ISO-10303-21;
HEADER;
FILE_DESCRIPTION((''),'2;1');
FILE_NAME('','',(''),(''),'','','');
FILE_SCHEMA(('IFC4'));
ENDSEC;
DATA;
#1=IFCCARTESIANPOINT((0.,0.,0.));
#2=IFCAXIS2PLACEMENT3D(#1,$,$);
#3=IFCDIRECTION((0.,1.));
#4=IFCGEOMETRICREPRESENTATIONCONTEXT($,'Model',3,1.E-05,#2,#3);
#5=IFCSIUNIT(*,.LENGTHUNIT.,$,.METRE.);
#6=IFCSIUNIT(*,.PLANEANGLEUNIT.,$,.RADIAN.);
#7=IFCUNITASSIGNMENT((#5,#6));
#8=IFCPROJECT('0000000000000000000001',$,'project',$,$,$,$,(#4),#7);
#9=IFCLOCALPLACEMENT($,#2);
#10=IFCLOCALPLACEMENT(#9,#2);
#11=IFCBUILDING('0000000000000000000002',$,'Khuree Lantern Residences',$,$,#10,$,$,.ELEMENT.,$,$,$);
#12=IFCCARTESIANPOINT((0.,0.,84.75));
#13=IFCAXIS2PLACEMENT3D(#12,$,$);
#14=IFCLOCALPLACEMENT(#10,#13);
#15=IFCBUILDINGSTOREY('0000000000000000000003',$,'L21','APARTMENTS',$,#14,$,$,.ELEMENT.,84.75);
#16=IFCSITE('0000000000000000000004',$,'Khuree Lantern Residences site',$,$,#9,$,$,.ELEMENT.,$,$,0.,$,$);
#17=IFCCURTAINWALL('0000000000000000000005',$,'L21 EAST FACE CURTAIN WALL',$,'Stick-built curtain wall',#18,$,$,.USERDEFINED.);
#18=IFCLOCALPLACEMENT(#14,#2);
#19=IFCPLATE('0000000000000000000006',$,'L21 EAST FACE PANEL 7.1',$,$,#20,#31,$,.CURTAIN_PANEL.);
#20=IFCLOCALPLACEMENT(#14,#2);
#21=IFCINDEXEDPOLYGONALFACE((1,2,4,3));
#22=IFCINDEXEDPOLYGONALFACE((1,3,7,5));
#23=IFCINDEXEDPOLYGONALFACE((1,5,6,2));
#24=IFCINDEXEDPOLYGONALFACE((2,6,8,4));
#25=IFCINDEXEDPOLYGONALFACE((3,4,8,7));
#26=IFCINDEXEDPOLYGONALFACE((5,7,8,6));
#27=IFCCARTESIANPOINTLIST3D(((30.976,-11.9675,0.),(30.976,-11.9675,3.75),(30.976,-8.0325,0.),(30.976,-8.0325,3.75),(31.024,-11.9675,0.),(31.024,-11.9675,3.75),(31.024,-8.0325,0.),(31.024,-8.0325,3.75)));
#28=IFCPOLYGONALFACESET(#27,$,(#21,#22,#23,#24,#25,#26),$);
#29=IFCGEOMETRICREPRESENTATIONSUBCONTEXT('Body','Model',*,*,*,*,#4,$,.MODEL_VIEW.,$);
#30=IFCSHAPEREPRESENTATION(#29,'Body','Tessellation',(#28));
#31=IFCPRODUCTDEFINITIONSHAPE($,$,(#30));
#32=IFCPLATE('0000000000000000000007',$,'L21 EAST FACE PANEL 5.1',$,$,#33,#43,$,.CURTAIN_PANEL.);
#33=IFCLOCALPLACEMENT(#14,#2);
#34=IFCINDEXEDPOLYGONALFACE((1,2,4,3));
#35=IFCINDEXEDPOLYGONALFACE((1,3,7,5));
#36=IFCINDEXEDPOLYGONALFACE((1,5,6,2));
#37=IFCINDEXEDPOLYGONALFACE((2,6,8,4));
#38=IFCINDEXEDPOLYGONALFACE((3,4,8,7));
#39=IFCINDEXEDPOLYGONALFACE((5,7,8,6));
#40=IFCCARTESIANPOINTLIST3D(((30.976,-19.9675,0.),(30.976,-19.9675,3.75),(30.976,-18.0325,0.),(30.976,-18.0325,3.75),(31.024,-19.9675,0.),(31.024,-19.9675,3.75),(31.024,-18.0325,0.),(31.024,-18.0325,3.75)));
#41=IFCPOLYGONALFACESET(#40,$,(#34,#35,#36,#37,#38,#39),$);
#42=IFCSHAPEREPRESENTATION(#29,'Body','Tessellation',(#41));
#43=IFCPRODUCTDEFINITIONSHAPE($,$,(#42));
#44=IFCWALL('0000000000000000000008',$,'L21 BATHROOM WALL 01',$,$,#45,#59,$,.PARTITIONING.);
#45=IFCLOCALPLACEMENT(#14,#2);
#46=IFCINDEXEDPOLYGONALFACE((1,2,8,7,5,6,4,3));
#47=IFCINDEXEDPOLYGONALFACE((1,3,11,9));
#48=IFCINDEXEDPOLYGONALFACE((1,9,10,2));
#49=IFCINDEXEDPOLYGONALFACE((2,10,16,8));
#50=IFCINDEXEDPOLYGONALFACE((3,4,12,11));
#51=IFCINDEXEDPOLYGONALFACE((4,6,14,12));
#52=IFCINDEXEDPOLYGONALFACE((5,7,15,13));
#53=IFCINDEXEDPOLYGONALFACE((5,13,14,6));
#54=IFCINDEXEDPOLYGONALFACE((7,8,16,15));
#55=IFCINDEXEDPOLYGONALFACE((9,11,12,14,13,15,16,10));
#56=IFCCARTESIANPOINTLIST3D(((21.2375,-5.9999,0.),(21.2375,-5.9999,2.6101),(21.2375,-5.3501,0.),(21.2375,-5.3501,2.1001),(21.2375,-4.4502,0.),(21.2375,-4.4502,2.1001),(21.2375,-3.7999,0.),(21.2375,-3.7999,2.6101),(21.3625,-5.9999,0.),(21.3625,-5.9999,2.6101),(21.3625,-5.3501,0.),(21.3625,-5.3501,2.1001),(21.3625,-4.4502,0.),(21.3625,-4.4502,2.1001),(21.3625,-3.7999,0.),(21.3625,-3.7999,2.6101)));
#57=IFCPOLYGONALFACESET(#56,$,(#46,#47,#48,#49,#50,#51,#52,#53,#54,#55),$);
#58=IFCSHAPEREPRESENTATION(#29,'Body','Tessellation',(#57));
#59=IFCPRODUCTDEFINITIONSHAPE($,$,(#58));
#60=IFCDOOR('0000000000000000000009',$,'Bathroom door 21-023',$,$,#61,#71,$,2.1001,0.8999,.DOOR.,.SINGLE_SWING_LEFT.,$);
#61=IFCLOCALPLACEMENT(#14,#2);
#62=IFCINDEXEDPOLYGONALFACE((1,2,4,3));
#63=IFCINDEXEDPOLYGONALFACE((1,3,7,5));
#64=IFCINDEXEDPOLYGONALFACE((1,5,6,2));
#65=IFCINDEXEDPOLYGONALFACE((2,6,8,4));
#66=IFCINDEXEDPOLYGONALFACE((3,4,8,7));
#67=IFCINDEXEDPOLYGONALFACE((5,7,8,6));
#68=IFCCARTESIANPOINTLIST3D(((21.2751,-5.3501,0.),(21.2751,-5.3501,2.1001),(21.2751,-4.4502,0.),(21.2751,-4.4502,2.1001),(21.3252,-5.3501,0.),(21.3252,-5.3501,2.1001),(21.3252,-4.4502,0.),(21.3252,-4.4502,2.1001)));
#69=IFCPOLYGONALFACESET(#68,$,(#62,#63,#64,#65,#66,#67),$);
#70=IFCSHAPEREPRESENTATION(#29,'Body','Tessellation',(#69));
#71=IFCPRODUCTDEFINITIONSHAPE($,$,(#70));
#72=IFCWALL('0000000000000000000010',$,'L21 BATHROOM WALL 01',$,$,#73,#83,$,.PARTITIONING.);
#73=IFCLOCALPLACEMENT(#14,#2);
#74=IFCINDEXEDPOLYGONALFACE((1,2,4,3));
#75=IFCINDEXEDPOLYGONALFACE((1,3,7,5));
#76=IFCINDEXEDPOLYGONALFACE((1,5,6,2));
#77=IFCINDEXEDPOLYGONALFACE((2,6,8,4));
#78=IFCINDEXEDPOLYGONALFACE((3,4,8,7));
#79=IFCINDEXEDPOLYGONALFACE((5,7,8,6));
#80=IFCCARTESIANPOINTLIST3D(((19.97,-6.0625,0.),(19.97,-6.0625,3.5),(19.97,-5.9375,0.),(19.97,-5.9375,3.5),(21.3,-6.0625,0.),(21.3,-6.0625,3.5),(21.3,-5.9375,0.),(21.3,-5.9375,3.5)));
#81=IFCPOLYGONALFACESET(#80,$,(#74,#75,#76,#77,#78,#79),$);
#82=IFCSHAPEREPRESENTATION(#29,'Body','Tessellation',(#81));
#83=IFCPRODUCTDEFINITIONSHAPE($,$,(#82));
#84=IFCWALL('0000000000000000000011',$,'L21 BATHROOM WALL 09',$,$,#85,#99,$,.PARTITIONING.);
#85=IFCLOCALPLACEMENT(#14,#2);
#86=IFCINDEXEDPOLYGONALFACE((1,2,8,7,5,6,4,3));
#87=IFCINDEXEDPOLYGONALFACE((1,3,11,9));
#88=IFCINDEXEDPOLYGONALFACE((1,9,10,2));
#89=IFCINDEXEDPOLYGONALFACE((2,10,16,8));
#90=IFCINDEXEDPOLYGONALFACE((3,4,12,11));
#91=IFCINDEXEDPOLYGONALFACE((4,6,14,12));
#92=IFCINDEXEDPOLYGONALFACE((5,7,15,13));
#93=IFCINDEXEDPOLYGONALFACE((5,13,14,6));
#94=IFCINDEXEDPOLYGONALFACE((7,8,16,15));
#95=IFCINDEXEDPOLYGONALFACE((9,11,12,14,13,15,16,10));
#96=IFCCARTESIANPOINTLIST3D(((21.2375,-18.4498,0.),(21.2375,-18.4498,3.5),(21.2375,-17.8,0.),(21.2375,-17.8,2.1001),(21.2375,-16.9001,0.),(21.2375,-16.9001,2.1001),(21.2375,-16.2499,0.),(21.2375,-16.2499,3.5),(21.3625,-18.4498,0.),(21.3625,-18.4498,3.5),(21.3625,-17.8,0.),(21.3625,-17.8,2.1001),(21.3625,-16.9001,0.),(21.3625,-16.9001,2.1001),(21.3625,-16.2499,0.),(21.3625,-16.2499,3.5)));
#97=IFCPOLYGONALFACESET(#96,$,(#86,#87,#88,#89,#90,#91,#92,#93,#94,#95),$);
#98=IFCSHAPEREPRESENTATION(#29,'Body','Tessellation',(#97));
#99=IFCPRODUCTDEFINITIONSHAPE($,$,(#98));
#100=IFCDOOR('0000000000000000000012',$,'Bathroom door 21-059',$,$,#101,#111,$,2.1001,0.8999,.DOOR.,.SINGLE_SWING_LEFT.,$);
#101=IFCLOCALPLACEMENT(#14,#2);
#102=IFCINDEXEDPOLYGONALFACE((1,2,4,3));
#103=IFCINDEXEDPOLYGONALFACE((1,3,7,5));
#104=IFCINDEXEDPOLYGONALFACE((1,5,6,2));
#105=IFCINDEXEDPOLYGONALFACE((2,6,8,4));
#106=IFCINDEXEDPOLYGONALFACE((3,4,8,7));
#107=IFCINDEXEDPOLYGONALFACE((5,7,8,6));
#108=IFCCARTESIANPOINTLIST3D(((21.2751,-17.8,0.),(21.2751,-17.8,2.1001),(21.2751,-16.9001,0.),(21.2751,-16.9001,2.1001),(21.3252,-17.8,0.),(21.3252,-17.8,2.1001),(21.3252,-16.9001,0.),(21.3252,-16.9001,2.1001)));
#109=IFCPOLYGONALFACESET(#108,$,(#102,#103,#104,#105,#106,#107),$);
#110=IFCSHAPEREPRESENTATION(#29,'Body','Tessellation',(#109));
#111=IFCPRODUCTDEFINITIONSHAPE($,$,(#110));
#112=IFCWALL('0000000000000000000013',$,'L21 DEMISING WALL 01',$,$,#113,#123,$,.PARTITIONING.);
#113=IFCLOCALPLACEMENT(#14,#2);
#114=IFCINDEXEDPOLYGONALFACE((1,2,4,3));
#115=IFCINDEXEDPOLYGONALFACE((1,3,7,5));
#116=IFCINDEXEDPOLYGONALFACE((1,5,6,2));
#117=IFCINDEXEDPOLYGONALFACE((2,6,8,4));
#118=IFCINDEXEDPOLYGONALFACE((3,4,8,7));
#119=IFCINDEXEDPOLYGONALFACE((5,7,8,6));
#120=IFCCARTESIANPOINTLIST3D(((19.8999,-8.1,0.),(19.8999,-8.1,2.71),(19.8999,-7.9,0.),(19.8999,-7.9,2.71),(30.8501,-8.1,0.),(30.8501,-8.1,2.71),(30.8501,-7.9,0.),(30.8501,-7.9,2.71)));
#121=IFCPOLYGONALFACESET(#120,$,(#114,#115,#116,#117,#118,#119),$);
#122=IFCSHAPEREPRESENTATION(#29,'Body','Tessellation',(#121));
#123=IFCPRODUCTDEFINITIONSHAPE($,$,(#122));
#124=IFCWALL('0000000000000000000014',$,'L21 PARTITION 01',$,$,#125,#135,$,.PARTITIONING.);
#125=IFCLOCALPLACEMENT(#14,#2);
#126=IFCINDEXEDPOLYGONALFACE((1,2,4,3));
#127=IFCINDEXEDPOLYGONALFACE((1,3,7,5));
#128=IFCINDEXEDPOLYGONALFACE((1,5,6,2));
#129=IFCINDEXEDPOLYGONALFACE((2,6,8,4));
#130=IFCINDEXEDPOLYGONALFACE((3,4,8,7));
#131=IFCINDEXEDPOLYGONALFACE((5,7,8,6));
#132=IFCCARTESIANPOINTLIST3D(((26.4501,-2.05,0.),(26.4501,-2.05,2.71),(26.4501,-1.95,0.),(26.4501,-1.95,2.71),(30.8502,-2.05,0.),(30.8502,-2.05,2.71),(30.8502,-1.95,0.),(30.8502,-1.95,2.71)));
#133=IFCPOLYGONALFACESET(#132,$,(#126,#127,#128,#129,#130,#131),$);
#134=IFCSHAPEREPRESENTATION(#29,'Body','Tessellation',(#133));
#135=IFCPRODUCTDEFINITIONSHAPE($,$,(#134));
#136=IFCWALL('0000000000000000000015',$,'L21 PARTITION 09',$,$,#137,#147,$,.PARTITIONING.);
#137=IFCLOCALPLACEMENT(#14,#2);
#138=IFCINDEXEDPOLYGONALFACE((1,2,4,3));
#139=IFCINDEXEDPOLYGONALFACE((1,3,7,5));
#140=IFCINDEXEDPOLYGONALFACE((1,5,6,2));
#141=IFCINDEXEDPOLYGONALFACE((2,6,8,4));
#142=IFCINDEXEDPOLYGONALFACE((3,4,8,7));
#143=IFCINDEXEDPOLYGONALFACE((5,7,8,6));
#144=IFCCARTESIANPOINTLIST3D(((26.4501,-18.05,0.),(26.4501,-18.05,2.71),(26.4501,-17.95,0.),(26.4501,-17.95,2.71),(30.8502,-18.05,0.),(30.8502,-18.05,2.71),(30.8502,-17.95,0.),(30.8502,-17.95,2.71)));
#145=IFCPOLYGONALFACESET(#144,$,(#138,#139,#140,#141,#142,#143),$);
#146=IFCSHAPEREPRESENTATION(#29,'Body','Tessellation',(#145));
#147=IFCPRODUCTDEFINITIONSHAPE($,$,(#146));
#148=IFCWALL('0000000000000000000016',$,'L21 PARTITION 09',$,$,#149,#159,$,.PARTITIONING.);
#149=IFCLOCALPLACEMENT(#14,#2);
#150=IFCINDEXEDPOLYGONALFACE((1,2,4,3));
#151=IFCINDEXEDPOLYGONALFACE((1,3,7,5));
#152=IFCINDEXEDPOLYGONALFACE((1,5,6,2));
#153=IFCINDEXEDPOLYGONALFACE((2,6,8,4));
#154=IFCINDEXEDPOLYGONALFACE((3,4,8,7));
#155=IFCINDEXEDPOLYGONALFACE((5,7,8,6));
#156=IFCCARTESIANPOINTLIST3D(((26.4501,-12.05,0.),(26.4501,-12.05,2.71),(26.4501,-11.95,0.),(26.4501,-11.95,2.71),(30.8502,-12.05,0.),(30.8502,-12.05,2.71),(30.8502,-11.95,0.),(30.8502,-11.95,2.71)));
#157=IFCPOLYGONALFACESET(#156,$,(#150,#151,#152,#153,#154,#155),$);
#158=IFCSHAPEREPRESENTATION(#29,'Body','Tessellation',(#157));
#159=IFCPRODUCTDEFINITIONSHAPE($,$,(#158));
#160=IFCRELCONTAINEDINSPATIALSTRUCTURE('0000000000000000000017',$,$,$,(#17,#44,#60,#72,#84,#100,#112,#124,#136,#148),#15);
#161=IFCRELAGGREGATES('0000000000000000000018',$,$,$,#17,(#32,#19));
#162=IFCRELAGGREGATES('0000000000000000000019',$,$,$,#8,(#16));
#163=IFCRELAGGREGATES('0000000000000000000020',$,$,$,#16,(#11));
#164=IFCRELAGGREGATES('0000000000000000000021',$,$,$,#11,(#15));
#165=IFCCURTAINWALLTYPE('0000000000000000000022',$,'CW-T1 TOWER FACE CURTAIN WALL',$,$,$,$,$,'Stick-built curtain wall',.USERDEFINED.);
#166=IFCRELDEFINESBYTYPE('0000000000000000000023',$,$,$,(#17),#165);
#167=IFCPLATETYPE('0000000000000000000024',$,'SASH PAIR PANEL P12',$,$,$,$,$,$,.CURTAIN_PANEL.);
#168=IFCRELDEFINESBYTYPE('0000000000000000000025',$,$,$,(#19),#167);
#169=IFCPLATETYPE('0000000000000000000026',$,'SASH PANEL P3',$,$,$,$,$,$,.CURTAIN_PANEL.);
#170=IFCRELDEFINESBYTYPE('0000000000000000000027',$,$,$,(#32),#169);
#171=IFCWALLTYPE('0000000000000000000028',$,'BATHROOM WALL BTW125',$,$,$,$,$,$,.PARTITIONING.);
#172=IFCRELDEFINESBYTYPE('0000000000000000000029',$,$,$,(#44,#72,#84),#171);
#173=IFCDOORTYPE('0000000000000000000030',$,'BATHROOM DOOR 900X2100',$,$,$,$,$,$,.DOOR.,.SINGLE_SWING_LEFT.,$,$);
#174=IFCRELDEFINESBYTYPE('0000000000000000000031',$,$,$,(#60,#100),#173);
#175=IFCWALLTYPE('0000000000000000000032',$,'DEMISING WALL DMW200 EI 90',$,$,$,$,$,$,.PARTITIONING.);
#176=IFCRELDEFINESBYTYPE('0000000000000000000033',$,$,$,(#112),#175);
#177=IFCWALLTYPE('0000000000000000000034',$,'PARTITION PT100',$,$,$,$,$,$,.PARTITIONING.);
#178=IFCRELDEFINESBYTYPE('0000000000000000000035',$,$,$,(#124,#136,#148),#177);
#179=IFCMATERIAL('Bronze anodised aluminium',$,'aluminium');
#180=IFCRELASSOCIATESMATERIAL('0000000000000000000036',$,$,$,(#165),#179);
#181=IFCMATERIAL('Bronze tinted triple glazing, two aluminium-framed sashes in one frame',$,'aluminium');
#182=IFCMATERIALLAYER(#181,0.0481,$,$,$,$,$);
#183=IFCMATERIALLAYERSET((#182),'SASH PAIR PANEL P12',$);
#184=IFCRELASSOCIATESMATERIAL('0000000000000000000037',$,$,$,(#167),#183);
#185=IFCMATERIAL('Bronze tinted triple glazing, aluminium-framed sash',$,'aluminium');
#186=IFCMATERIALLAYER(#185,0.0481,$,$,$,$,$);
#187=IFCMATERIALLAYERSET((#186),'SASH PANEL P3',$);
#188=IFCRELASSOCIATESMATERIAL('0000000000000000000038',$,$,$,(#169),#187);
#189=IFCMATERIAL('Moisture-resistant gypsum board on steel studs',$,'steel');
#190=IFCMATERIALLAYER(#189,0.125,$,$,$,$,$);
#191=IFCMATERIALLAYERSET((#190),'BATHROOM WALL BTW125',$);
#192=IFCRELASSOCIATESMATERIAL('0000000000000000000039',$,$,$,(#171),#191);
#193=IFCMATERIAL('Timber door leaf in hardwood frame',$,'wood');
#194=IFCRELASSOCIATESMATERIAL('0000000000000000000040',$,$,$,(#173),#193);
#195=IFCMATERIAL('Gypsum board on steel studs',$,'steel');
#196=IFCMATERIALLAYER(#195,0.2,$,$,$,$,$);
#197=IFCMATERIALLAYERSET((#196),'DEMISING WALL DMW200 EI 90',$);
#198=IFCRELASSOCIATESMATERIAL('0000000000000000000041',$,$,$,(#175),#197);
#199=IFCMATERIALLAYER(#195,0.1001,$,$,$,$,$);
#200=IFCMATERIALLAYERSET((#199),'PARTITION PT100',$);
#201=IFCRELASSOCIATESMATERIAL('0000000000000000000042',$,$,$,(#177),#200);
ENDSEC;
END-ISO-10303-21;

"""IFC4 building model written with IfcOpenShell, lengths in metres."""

from ifc_helpers import new_model, si_unit, direction, frame, frame_2d, origin, origin_2d, place, context, subcontext, project, spatial, rectangle, extrude, material, layer, layer_set, type_object, element, fill, aggregate, save


model = new_model("IFC4")

# Units and contexts
model_context = context("Model", 3, precision=1e-05, world=origin(), true_north=direction((0.0, 1.0)))
body_context = subcontext(model_context, "Body", "Model", "MODEL_VIEW")
ifc_project = project(units=[si_unit("LENGTHUNIT", "METRE"), si_unit("PLANEANGLEUNIT", "RADIAN")], contexts=[model_context])

# Site, building, storey
site_placement = place(None, origin())
site = spatial("IfcSite", under=ifc_project, at=site_placement, Name="Khuree Lantern Residences site", CompositionType="ELEMENT", RefElevation=0.0)
building_placement = place(site_placement, origin())
building = spatial("IfcBuilding", under=site, at=building_placement, Name="Khuree Lantern Residences", CompositionType="ELEMENT")
storey_placement = place(building_placement, frame((0.0, 0.0, 84.75)))
storey = spatial("IfcBuildingStorey", under=building, at=storey_placement, Name="L21", Description="APARTMENTS", CompositionType="ELEMENT", Elevation=84.75)

# Curtain wall
ifc_material_1 = material(Name="Bronze anodised aluminium", Category="aluminium")
curtain_wall_type = type_object("IfcCurtainWallType", Name="CW-T1 TOWER FACE CURTAIN WALL", ElementType="Stick-built curtain wall", PredefinedType="USERDEFINED", material=ifc_material_1)
curtain_wall_placement = place(storey_placement, origin())
curtain_wall = element("IfcCurtainWall", 1, at=curtain_wall_placement, inside=storey, type_object=curtain_wall_type, Name="L21 EAST FACE CURTAIN WALL", ObjectType="Stick-built curtain wall", PredefinedType="USERDEFINED")

# Plates
ifc_material_2 = material(Name="Bronze tinted triple glazing, two aluminium-framed sashes in one frame", Category="aluminium")
ifc_layer_1 = layer(ifc_material_2, 0.0481)
ifc_layer_set_1 = layer_set([ifc_layer_1], Name="SASH PAIR PANEL P12")
plate_type_1 = type_object("IfcPlateType", Name="SASH PAIR PANEL P12", PredefinedType="CURTAIN_PANEL", material=ifc_layer_set_1)
plate_1_placement = place(storey_placement, frame((31.0, -10.0, 0.0), z_axis=(0.0, 0.0, 1.0), x_axis=(0.0, 1.0, 0.0)))
plate_1 = element("IfcPlate", 2, at=plate_1_placement, type_object=plate_type_1, Name="L21 EAST FACE PANEL 7.1", PredefinedType="CURTAIN_PANEL", context=body_context, shape_type="SweptSolid", body=[
    extrude(rectangle(XDim=3.9351, YDim=0.0481, at=origin_2d()), origin(), (0.0, 0.0, 1.0), 3.75),
])
ifc_material_3 = material(Name="Bronze tinted triple glazing, aluminium-framed sash", Category="aluminium")
ifc_layer_2 = layer(ifc_material_3, 0.0481)
ifc_layer_set_2 = layer_set([ifc_layer_2], Name="SASH PANEL P3")
plate_type_2 = type_object("IfcPlateType", Name="SASH PANEL P3", PredefinedType="CURTAIN_PANEL", material=ifc_layer_set_2)
plate_2_placement = place(storey_placement, frame((31.0, -19.0, 0.0), z_axis=(0.0, 0.0, 1.0), x_axis=(0.0, 1.0, 0.0)))
plate_2 = element("IfcPlate", 3, at=plate_2_placement, type_object=plate_type_2, Name="L21 EAST FACE PANEL 5.1", PredefinedType="CURTAIN_PANEL", context=body_context, shape_type="SweptSolid", body=[
    extrude(rectangle(XDim=1.9351, YDim=0.0481, at=origin_2d()), origin(), (0.0, 0.0, 1.0), 3.75),
])
aggregate(curtain_wall, [plate_2, plate_1])

# Wall, opening, door
ifc_material_4 = material(Name="Moisture-resistant gypsum board on steel studs", Category="steel")
ifc_layer_3 = layer(ifc_material_4, 0.125)
ifc_layer_set_3 = layer_set([ifc_layer_3], Name="BATHROOM WALL BTW125")
wall_type_1 = type_object("IfcWallType", Name="BATHROOM WALL BTW125", PredefinedType="PARTITIONING", material=ifc_layer_set_3)
wall_1_placement = place(storey_placement, frame((21.3, -6.0, 0.0), z_axis=(0.0, 0.0, 1.0), x_axis=(0.0, 1.0, 0.0)))
wall_1 = element("IfcWall", 4, at=wall_1_placement, inside=storey, type_object=wall_type_1, Name="L21 BATHROOM WALL 01", PredefinedType="PARTITIONING", context=body_context, shape_type="SweptSolid", body=[
    extrude(rectangle(XDim=2.2, YDim=0.125, at=frame_2d((1.1001, 0.0))), origin(), (0.0, 0.0, 1.0), 2.6101),
])
opening_1_placement = place(wall_1_placement, frame((0.6499, 0.0, 0.0)))
opening_1 = element("IfcOpeningElement", 5, at=opening_1_placement, cuts=wall_1, PredefinedType="OPENING", context=body_context, shape_type="SweptSolid", body=[
    extrude(rectangle(XDim=0.8999, YDim=2.1001, at=frame_2d((0.45, 1.05))), frame((0.0, 0.0725, 0.0), z_axis=(0.0, -1.0, 0.0), x_axis=(1.0, 0.0, 0.0)), (0.0, 0.0, 1.0), 0.145),
])
ifc_material_5 = material(Name="Timber door leaf in hardwood frame", Category="wood")
door_type_1 = type_object("IfcDoorType", Name="BATHROOM DOOR 900X2100", OperationType="SINGLE_SWING_LEFT", PredefinedType="DOOR", material=ifc_material_5)
door_1_placement = place(opening_1_placement, origin())
door_1 = element("IfcDoor", 6, at=door_1_placement, inside=storey, type_object=door_type_1, Name="Bathroom door 21-023", OperationType="SINGLE_SWING_LEFT", OverallHeight=2.1001, OverallWidth=0.8999, PredefinedType="DOOR", context=body_context, shape_type="SweptSolid", body=[
    extrude(rectangle(XDim=0.8999, YDim=2.1001, at=frame_2d((0.45, 1.05))), frame((0.0, 0.0249, 0.0), z_axis=(0.0, -1.0, 0.0), x_axis=(1.0, 0.0, 0.0)), (0.0, 0.0, 1.0), 0.05),
])
fill(opening_1, door_1)

# Wall
wall_2_placement = place(storey_placement, frame((19.97, -6.0, 0.0), z_axis=(0.0, 0.0, 1.0), x_axis=(1.0, 0.0, 0.0)))
element("IfcWall", 7, at=wall_2_placement, inside=storey, type_object=wall_type_1, Name="L21 BATHROOM WALL 01", PredefinedType="PARTITIONING", context=body_context, shape_type="SweptSolid", body=[
    extrude(rectangle(XDim=1.3301, YDim=0.125, at=frame_2d((0.665, 0.0))), origin(), (0.0, 0.0, 1.0), 3.5),
])

# Wall, opening, door
wall_3_placement = place(storey_placement, frame((21.3, -18.45, 0.0), z_axis=(0.0, 0.0, 1.0), x_axis=(0.0, 1.0, 0.0)))
wall_3 = element("IfcWall", 8, at=wall_3_placement, inside=storey, type_object=wall_type_1, Name="L21 BATHROOM WALL 09", PredefinedType="PARTITIONING", context=body_context, shape_type="SweptSolid", body=[
    extrude(rectangle(XDim=2.2, YDim=0.125, at=frame_2d((1.1001, 0.0))), origin(), (0.0, 0.0, 1.0), 3.5),
])
opening_2_placement = place(wall_3_placement, frame((0.6499, 0.0, 0.0)))
opening_2 = element("IfcOpeningElement", 9, at=opening_2_placement, cuts=wall_3, PredefinedType="OPENING", context=body_context, shape_type="SweptSolid", body=[
    extrude(rectangle(XDim=0.8999, YDim=2.1001, at=frame_2d((0.45, 1.05))), frame((0.0, 0.0725, 0.0), z_axis=(0.0, -1.0, 0.0), x_axis=(1.0, 0.0, 0.0)), (0.0, 0.0, 1.0), 0.145),
])
door_2_placement = place(opening_2_placement, origin())
door_2 = element("IfcDoor", 10, at=door_2_placement, inside=storey, type_object=door_type_1, Name="Bathroom door 21-059", OperationType="SINGLE_SWING_LEFT", OverallHeight=2.1001, OverallWidth=0.8999, PredefinedType="DOOR", context=body_context, shape_type="SweptSolid", body=[
    extrude(rectangle(XDim=0.8999, YDim=2.1001, at=frame_2d((0.45, 1.05))), frame((0.0, 0.0249, 0.0), z_axis=(0.0, -1.0, 0.0), x_axis=(1.0, 0.0, 0.0)), (0.0, 0.0, 1.0), 0.05),
])
fill(opening_2, door_2)

# Walls
ifc_material_6 = material(Name="Gypsum board on steel studs", Category="steel")
ifc_layer_4 = layer(ifc_material_6, 0.2)
ifc_layer_set_4 = layer_set([ifc_layer_4], Name="DEMISING WALL DMW200 EI 90")
wall_type_2 = type_object("IfcWallType", Name="DEMISING WALL DMW200 EI 90", PredefinedType="PARTITIONING", material=ifc_layer_set_4)
wall_4_placement = place(storey_placement, frame((19.8999, -8.0, 0.0), z_axis=(0.0, 0.0, 1.0), x_axis=(1.0, 0.0, 0.0)))
element("IfcWall", 11, at=wall_4_placement, inside=storey, type_object=wall_type_2, Name="L21 DEMISING WALL 01", PredefinedType="PARTITIONING", context=body_context, shape_type="SweptSolid", body=[
    extrude(rectangle(XDim=10.9502, YDim=0.2, at=frame_2d((5.4751, 0.0))), origin(), (0.0, 0.0, 1.0), 2.71),
])
ifc_layer_5 = layer(ifc_material_6, 0.1001)
ifc_layer_set_5 = layer_set([ifc_layer_5], Name="PARTITION PT100")
wall_type_3 = type_object("IfcWallType", Name="PARTITION PT100", PredefinedType="PARTITIONING", material=ifc_layer_set_5)
for number, where, z_axis, x_axis, name in (
    (12, (26.45, -2.0, 0.0), (0.0, 0.0, 1.0), (1.0, 0.0, 0.0), "L21 PARTITION 01"),
    (13, (26.45, -18.0, 0.0), (0.0, 0.0, 1.0), (1.0, 0.0, 0.0), "L21 PARTITION 09"),
    (14, (26.45, -12.0, 0.0), (0.0, 0.0, 1.0), (1.0, 0.0, 0.0), "L21 PARTITION 09"),
):
    element("IfcWall", number, at=place(storey_placement, frame(where, z_axis=z_axis, x_axis=x_axis)), inside=storey, type_object=wall_type_3, Name=name, PredefinedType="PARTITIONING", context=body_context, shape_type="SweptSolid", body=[
        extrude(rectangle(XDim=4.4001, YDim=0.1001, at=frame_2d((2.2002, 0.0))), origin(), (0.0, 0.0, 1.0), 2.71),
    ])

save(model, "model.ifc")
